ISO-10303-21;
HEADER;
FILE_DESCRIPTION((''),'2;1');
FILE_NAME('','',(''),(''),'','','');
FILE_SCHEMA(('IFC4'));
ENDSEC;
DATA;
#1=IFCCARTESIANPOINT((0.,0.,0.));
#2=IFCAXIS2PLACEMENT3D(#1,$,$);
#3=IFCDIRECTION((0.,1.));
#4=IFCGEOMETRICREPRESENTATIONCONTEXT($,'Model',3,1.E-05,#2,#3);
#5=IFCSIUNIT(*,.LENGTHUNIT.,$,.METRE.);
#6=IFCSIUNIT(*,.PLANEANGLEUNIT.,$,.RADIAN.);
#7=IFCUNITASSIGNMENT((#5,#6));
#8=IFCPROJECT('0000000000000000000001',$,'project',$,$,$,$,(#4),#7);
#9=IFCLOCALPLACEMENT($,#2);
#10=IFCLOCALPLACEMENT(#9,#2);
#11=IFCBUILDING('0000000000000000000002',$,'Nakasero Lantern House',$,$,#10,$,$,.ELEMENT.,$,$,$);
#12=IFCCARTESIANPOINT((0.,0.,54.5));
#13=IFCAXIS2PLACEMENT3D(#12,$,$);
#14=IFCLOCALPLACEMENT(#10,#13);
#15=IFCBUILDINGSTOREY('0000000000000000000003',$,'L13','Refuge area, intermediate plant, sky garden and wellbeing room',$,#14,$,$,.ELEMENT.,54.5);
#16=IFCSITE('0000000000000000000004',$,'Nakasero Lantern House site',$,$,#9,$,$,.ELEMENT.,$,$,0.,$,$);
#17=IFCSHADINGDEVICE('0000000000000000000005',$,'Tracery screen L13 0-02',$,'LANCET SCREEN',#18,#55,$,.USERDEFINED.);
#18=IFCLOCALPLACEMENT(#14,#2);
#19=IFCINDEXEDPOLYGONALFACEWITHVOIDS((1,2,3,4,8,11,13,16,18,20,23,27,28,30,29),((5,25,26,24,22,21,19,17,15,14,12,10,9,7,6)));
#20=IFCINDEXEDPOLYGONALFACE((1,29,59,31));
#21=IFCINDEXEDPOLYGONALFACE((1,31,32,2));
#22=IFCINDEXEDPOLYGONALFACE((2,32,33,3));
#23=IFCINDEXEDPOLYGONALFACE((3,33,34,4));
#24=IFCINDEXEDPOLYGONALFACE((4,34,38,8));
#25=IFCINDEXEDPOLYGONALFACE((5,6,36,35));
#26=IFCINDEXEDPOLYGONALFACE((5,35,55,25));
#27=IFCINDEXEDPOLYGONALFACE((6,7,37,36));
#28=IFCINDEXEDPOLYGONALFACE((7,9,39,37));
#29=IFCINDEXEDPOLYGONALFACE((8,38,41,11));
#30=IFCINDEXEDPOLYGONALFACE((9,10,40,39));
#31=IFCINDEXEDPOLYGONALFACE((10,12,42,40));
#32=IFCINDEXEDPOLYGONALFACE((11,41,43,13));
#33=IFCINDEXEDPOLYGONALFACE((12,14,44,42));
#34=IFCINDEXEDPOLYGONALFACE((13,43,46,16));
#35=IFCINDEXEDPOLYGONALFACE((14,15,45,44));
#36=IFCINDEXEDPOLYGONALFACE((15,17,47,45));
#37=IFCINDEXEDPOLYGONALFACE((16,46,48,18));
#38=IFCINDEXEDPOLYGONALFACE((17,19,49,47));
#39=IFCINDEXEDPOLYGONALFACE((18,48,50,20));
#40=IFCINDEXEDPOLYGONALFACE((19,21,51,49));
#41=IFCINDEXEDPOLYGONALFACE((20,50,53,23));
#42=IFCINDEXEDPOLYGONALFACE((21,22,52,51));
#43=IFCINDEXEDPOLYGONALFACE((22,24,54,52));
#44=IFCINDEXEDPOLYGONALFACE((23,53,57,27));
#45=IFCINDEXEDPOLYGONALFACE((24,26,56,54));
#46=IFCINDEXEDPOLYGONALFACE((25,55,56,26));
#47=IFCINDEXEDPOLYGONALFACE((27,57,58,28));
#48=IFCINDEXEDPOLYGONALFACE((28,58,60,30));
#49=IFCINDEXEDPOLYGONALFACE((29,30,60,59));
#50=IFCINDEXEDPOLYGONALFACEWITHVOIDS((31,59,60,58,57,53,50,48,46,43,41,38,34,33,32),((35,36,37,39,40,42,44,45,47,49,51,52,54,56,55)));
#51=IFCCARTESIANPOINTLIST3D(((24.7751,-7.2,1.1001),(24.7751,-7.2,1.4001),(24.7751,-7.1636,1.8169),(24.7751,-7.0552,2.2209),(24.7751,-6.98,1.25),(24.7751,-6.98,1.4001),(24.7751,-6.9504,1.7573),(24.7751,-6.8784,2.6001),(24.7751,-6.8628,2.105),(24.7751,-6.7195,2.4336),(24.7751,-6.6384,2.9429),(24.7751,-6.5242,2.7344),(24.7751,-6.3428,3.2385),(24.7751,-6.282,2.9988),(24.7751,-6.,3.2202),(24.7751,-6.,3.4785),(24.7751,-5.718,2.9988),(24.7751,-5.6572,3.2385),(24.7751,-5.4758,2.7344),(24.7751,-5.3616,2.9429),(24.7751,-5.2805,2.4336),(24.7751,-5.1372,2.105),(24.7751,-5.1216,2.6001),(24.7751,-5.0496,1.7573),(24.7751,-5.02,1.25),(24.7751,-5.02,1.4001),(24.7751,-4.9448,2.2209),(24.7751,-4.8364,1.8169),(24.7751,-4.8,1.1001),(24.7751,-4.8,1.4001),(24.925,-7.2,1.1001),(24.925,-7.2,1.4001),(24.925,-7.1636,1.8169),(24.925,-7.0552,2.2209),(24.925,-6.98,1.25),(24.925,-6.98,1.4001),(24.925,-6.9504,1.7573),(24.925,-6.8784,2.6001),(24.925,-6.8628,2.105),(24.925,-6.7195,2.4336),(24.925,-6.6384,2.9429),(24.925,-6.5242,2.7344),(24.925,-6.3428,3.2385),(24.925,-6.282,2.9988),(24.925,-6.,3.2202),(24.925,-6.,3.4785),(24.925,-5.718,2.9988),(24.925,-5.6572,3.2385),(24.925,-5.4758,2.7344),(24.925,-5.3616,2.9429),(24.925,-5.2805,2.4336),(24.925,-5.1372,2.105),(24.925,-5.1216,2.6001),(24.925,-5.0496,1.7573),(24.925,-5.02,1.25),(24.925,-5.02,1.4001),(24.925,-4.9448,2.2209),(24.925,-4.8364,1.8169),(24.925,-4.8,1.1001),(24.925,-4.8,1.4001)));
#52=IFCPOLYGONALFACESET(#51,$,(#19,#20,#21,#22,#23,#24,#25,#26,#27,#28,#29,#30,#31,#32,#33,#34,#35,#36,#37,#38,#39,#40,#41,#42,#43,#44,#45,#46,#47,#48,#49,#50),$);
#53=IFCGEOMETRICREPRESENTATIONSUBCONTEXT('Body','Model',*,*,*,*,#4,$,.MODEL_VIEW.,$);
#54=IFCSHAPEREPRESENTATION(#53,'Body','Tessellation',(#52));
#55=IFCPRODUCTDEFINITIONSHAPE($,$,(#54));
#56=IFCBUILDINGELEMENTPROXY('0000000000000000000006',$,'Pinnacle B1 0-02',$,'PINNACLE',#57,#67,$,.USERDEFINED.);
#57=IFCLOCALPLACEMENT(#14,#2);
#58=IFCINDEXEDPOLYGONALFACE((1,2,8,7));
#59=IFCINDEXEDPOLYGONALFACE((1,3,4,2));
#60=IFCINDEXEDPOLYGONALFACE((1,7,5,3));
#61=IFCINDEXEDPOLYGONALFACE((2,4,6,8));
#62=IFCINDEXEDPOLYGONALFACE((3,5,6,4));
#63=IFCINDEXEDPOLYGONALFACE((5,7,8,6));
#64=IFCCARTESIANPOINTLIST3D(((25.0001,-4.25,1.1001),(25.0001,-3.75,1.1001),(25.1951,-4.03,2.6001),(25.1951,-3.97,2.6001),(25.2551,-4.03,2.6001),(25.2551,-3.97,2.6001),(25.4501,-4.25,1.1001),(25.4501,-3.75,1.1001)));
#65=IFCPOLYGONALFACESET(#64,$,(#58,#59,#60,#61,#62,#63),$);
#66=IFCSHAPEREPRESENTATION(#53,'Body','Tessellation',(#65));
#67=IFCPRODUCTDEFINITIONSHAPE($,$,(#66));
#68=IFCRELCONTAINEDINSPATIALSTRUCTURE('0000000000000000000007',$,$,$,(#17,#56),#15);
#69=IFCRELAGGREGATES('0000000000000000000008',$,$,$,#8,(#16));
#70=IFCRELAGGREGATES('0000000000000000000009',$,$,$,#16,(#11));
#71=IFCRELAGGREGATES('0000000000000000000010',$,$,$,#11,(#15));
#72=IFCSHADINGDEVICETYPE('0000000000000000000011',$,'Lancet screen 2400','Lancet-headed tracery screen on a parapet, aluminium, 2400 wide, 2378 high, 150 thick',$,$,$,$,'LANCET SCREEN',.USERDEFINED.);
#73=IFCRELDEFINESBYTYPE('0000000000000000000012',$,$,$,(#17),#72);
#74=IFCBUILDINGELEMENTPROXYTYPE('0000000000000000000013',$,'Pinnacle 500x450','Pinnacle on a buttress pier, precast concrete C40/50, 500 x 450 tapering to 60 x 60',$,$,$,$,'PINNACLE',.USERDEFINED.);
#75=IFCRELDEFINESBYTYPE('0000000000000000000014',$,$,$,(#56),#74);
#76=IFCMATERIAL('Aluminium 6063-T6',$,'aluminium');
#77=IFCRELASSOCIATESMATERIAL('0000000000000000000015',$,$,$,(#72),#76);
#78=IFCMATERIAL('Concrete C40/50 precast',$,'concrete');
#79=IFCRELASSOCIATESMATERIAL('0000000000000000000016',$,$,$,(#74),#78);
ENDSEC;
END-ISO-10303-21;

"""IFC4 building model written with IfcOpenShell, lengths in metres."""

from ifc_helpers import new_model, entity, si_unit, direction, frame, origin, place, context, subcontext, project, spatial, polyline, outline, extrude, material, type_object, element, save


model = new_model("IFC4")

# Units and contexts
model_context = context("Model", 3, precision=1e-05, world=origin(), true_north=direction((0.0, 1.0)))
body_context = subcontext(model_context, "Body", "Model", "MODEL_VIEW")
ifc_project = project(units=[si_unit("LENGTHUNIT", "METRE"), si_unit("PLANEANGLEUNIT", "RADIAN")], contexts=[model_context])

# Site, building, storey
site_placement = place(None, origin())
site = spatial("IfcSite", under=ifc_project, at=site_placement, Name="Nakasero Lantern House site", CompositionType="ELEMENT", RefElevation=0.0)
building_placement = place(site_placement, origin())
building = spatial("IfcBuilding", under=site, at=building_placement, Name="Nakasero Lantern House", CompositionType="ELEMENT")
storey_placement = place(building_placement, frame((0.0, 0.0, 54.5)))
storey = spatial("IfcBuildingStorey", under=building, at=storey_placement, Name="L13", Description="Refuge area, intermediate plant, sky garden and wellbeing room", CompositionType="ELEMENT", Elevation=54.5)

# Shading device
ifc_material_1 = material(Name="Aluminium 6063-T6", Category="aluminium")
shading_device_type = type_object("IfcShadingDeviceType", Name="Lancet screen 2400", Description="Lancet-headed tracery screen on a parapet, aluminium, 2400 wide, 2378 high, 150 thick", ElementType="LANCET SCREEN", PredefinedType="USERDEFINED", material=ifc_material_1)
shading_device_placement = place(storey_placement, frame((24.8501, -6.0, 1.1001), z_axis=(0.0, 0.0, 1.0), x_axis=(0.0, 1.0, 0.0)))
element("IfcShadingDevice", 1, at=shading_device_placement, inside=storey, type_object=shading_device_type, Name="Tracery screen L13 0-02", ObjectType="LANCET SCREEN", PredefinedType="USERDEFINED", context=body_context, shape_type="SweptSolid", body=[
    extrude(outline(polyline([(-1.2, 0.0), (1.2, 0.0), (1.2, 0.3), (1.1636, 0.7168), (1.0552, 1.1208), (0.8784, 1.5), (0.6384, 1.8428), (0.3428, 2.1384), (0.0, 2.3784), (-0.3428, 2.1384), (-0.6384, 1.8428), (-0.8784, 1.5), (-1.0552, 1.1208), (-1.1636, 0.7168), (-1.2, 0.3), (-1.2, 0.0)]), holes=[polyline([(-0.98, 0.1499), (0.98, 0.1499), (0.98, 0.3), (0.9504, 0.6572), (0.8628, 1.0049), (0.7195, 1.3335), (0.5242, 1.6343), (0.282, 1.8987), (0.0, 2.1201), (-0.282, 1.8987), (-0.5242, 1.6343), (-0.7195, 1.3335), (-0.8628, 1.0049), (-0.9504, 0.6572), (-0.98, 0.3), (-0.98, 0.1499)])]), frame((0.0, 0.075, 0.0), z_axis=(0.0, -1.0, 0.0), x_axis=(1.0, 0.0, 0.0)), (0.0, 0.0, 1.0), 0.1499),
])

# Building element proxy
ifc_material_2 = material(Name="Concrete C40/50 precast", Category="concrete")
building_element_proxy_type = type_object("IfcBuildingElementProxyType", Name="Pinnacle 500x450", Description="Pinnacle on a buttress pier, precast concrete C40/50, 500 x 450 tapering to 60 x 60", ElementType="PINNACLE", PredefinedType="USERDEFINED", material=ifc_material_2)
proxy_placement = place(storey_placement, frame((25.2251, -4.0, 1.1001), z_axis=(0.0, 0.0, 1.0), x_axis=(1.0, 0.0, 0.0)))
element("IfcBuildingElementProxy", 2, at=proxy_placement, inside=storey, type_object=building_element_proxy_type, Name="Pinnacle B1 0-02", ObjectType="PINNACLE", PredefinedType="USERDEFINED", context=body_context, shape_type="SweptSolid", body=[
    entity("IfcExtrudedAreaSolidTapered", entity("IfcRectangleProfileDef", "AREA", None, entity("IfcAxis2Placement2D", entity("IfcCartesianPoint", [0.0, 0.0])), 0.45, 0.5), entity("IfcAxis2Placement3D", entity("IfcCartesianPoint", [0.0, 0.0, 0.0])), entity("IfcDirection", [0.0, 0.0, 1.0]), 1.5, entity("IfcRectangleProfileDef", "AREA", None, entity("IfcAxis2Placement2D", entity("IfcCartesianPoint", [0.0, 0.0])), 0.0601, 0.0601)),
])

save(model, "model.ifc")
